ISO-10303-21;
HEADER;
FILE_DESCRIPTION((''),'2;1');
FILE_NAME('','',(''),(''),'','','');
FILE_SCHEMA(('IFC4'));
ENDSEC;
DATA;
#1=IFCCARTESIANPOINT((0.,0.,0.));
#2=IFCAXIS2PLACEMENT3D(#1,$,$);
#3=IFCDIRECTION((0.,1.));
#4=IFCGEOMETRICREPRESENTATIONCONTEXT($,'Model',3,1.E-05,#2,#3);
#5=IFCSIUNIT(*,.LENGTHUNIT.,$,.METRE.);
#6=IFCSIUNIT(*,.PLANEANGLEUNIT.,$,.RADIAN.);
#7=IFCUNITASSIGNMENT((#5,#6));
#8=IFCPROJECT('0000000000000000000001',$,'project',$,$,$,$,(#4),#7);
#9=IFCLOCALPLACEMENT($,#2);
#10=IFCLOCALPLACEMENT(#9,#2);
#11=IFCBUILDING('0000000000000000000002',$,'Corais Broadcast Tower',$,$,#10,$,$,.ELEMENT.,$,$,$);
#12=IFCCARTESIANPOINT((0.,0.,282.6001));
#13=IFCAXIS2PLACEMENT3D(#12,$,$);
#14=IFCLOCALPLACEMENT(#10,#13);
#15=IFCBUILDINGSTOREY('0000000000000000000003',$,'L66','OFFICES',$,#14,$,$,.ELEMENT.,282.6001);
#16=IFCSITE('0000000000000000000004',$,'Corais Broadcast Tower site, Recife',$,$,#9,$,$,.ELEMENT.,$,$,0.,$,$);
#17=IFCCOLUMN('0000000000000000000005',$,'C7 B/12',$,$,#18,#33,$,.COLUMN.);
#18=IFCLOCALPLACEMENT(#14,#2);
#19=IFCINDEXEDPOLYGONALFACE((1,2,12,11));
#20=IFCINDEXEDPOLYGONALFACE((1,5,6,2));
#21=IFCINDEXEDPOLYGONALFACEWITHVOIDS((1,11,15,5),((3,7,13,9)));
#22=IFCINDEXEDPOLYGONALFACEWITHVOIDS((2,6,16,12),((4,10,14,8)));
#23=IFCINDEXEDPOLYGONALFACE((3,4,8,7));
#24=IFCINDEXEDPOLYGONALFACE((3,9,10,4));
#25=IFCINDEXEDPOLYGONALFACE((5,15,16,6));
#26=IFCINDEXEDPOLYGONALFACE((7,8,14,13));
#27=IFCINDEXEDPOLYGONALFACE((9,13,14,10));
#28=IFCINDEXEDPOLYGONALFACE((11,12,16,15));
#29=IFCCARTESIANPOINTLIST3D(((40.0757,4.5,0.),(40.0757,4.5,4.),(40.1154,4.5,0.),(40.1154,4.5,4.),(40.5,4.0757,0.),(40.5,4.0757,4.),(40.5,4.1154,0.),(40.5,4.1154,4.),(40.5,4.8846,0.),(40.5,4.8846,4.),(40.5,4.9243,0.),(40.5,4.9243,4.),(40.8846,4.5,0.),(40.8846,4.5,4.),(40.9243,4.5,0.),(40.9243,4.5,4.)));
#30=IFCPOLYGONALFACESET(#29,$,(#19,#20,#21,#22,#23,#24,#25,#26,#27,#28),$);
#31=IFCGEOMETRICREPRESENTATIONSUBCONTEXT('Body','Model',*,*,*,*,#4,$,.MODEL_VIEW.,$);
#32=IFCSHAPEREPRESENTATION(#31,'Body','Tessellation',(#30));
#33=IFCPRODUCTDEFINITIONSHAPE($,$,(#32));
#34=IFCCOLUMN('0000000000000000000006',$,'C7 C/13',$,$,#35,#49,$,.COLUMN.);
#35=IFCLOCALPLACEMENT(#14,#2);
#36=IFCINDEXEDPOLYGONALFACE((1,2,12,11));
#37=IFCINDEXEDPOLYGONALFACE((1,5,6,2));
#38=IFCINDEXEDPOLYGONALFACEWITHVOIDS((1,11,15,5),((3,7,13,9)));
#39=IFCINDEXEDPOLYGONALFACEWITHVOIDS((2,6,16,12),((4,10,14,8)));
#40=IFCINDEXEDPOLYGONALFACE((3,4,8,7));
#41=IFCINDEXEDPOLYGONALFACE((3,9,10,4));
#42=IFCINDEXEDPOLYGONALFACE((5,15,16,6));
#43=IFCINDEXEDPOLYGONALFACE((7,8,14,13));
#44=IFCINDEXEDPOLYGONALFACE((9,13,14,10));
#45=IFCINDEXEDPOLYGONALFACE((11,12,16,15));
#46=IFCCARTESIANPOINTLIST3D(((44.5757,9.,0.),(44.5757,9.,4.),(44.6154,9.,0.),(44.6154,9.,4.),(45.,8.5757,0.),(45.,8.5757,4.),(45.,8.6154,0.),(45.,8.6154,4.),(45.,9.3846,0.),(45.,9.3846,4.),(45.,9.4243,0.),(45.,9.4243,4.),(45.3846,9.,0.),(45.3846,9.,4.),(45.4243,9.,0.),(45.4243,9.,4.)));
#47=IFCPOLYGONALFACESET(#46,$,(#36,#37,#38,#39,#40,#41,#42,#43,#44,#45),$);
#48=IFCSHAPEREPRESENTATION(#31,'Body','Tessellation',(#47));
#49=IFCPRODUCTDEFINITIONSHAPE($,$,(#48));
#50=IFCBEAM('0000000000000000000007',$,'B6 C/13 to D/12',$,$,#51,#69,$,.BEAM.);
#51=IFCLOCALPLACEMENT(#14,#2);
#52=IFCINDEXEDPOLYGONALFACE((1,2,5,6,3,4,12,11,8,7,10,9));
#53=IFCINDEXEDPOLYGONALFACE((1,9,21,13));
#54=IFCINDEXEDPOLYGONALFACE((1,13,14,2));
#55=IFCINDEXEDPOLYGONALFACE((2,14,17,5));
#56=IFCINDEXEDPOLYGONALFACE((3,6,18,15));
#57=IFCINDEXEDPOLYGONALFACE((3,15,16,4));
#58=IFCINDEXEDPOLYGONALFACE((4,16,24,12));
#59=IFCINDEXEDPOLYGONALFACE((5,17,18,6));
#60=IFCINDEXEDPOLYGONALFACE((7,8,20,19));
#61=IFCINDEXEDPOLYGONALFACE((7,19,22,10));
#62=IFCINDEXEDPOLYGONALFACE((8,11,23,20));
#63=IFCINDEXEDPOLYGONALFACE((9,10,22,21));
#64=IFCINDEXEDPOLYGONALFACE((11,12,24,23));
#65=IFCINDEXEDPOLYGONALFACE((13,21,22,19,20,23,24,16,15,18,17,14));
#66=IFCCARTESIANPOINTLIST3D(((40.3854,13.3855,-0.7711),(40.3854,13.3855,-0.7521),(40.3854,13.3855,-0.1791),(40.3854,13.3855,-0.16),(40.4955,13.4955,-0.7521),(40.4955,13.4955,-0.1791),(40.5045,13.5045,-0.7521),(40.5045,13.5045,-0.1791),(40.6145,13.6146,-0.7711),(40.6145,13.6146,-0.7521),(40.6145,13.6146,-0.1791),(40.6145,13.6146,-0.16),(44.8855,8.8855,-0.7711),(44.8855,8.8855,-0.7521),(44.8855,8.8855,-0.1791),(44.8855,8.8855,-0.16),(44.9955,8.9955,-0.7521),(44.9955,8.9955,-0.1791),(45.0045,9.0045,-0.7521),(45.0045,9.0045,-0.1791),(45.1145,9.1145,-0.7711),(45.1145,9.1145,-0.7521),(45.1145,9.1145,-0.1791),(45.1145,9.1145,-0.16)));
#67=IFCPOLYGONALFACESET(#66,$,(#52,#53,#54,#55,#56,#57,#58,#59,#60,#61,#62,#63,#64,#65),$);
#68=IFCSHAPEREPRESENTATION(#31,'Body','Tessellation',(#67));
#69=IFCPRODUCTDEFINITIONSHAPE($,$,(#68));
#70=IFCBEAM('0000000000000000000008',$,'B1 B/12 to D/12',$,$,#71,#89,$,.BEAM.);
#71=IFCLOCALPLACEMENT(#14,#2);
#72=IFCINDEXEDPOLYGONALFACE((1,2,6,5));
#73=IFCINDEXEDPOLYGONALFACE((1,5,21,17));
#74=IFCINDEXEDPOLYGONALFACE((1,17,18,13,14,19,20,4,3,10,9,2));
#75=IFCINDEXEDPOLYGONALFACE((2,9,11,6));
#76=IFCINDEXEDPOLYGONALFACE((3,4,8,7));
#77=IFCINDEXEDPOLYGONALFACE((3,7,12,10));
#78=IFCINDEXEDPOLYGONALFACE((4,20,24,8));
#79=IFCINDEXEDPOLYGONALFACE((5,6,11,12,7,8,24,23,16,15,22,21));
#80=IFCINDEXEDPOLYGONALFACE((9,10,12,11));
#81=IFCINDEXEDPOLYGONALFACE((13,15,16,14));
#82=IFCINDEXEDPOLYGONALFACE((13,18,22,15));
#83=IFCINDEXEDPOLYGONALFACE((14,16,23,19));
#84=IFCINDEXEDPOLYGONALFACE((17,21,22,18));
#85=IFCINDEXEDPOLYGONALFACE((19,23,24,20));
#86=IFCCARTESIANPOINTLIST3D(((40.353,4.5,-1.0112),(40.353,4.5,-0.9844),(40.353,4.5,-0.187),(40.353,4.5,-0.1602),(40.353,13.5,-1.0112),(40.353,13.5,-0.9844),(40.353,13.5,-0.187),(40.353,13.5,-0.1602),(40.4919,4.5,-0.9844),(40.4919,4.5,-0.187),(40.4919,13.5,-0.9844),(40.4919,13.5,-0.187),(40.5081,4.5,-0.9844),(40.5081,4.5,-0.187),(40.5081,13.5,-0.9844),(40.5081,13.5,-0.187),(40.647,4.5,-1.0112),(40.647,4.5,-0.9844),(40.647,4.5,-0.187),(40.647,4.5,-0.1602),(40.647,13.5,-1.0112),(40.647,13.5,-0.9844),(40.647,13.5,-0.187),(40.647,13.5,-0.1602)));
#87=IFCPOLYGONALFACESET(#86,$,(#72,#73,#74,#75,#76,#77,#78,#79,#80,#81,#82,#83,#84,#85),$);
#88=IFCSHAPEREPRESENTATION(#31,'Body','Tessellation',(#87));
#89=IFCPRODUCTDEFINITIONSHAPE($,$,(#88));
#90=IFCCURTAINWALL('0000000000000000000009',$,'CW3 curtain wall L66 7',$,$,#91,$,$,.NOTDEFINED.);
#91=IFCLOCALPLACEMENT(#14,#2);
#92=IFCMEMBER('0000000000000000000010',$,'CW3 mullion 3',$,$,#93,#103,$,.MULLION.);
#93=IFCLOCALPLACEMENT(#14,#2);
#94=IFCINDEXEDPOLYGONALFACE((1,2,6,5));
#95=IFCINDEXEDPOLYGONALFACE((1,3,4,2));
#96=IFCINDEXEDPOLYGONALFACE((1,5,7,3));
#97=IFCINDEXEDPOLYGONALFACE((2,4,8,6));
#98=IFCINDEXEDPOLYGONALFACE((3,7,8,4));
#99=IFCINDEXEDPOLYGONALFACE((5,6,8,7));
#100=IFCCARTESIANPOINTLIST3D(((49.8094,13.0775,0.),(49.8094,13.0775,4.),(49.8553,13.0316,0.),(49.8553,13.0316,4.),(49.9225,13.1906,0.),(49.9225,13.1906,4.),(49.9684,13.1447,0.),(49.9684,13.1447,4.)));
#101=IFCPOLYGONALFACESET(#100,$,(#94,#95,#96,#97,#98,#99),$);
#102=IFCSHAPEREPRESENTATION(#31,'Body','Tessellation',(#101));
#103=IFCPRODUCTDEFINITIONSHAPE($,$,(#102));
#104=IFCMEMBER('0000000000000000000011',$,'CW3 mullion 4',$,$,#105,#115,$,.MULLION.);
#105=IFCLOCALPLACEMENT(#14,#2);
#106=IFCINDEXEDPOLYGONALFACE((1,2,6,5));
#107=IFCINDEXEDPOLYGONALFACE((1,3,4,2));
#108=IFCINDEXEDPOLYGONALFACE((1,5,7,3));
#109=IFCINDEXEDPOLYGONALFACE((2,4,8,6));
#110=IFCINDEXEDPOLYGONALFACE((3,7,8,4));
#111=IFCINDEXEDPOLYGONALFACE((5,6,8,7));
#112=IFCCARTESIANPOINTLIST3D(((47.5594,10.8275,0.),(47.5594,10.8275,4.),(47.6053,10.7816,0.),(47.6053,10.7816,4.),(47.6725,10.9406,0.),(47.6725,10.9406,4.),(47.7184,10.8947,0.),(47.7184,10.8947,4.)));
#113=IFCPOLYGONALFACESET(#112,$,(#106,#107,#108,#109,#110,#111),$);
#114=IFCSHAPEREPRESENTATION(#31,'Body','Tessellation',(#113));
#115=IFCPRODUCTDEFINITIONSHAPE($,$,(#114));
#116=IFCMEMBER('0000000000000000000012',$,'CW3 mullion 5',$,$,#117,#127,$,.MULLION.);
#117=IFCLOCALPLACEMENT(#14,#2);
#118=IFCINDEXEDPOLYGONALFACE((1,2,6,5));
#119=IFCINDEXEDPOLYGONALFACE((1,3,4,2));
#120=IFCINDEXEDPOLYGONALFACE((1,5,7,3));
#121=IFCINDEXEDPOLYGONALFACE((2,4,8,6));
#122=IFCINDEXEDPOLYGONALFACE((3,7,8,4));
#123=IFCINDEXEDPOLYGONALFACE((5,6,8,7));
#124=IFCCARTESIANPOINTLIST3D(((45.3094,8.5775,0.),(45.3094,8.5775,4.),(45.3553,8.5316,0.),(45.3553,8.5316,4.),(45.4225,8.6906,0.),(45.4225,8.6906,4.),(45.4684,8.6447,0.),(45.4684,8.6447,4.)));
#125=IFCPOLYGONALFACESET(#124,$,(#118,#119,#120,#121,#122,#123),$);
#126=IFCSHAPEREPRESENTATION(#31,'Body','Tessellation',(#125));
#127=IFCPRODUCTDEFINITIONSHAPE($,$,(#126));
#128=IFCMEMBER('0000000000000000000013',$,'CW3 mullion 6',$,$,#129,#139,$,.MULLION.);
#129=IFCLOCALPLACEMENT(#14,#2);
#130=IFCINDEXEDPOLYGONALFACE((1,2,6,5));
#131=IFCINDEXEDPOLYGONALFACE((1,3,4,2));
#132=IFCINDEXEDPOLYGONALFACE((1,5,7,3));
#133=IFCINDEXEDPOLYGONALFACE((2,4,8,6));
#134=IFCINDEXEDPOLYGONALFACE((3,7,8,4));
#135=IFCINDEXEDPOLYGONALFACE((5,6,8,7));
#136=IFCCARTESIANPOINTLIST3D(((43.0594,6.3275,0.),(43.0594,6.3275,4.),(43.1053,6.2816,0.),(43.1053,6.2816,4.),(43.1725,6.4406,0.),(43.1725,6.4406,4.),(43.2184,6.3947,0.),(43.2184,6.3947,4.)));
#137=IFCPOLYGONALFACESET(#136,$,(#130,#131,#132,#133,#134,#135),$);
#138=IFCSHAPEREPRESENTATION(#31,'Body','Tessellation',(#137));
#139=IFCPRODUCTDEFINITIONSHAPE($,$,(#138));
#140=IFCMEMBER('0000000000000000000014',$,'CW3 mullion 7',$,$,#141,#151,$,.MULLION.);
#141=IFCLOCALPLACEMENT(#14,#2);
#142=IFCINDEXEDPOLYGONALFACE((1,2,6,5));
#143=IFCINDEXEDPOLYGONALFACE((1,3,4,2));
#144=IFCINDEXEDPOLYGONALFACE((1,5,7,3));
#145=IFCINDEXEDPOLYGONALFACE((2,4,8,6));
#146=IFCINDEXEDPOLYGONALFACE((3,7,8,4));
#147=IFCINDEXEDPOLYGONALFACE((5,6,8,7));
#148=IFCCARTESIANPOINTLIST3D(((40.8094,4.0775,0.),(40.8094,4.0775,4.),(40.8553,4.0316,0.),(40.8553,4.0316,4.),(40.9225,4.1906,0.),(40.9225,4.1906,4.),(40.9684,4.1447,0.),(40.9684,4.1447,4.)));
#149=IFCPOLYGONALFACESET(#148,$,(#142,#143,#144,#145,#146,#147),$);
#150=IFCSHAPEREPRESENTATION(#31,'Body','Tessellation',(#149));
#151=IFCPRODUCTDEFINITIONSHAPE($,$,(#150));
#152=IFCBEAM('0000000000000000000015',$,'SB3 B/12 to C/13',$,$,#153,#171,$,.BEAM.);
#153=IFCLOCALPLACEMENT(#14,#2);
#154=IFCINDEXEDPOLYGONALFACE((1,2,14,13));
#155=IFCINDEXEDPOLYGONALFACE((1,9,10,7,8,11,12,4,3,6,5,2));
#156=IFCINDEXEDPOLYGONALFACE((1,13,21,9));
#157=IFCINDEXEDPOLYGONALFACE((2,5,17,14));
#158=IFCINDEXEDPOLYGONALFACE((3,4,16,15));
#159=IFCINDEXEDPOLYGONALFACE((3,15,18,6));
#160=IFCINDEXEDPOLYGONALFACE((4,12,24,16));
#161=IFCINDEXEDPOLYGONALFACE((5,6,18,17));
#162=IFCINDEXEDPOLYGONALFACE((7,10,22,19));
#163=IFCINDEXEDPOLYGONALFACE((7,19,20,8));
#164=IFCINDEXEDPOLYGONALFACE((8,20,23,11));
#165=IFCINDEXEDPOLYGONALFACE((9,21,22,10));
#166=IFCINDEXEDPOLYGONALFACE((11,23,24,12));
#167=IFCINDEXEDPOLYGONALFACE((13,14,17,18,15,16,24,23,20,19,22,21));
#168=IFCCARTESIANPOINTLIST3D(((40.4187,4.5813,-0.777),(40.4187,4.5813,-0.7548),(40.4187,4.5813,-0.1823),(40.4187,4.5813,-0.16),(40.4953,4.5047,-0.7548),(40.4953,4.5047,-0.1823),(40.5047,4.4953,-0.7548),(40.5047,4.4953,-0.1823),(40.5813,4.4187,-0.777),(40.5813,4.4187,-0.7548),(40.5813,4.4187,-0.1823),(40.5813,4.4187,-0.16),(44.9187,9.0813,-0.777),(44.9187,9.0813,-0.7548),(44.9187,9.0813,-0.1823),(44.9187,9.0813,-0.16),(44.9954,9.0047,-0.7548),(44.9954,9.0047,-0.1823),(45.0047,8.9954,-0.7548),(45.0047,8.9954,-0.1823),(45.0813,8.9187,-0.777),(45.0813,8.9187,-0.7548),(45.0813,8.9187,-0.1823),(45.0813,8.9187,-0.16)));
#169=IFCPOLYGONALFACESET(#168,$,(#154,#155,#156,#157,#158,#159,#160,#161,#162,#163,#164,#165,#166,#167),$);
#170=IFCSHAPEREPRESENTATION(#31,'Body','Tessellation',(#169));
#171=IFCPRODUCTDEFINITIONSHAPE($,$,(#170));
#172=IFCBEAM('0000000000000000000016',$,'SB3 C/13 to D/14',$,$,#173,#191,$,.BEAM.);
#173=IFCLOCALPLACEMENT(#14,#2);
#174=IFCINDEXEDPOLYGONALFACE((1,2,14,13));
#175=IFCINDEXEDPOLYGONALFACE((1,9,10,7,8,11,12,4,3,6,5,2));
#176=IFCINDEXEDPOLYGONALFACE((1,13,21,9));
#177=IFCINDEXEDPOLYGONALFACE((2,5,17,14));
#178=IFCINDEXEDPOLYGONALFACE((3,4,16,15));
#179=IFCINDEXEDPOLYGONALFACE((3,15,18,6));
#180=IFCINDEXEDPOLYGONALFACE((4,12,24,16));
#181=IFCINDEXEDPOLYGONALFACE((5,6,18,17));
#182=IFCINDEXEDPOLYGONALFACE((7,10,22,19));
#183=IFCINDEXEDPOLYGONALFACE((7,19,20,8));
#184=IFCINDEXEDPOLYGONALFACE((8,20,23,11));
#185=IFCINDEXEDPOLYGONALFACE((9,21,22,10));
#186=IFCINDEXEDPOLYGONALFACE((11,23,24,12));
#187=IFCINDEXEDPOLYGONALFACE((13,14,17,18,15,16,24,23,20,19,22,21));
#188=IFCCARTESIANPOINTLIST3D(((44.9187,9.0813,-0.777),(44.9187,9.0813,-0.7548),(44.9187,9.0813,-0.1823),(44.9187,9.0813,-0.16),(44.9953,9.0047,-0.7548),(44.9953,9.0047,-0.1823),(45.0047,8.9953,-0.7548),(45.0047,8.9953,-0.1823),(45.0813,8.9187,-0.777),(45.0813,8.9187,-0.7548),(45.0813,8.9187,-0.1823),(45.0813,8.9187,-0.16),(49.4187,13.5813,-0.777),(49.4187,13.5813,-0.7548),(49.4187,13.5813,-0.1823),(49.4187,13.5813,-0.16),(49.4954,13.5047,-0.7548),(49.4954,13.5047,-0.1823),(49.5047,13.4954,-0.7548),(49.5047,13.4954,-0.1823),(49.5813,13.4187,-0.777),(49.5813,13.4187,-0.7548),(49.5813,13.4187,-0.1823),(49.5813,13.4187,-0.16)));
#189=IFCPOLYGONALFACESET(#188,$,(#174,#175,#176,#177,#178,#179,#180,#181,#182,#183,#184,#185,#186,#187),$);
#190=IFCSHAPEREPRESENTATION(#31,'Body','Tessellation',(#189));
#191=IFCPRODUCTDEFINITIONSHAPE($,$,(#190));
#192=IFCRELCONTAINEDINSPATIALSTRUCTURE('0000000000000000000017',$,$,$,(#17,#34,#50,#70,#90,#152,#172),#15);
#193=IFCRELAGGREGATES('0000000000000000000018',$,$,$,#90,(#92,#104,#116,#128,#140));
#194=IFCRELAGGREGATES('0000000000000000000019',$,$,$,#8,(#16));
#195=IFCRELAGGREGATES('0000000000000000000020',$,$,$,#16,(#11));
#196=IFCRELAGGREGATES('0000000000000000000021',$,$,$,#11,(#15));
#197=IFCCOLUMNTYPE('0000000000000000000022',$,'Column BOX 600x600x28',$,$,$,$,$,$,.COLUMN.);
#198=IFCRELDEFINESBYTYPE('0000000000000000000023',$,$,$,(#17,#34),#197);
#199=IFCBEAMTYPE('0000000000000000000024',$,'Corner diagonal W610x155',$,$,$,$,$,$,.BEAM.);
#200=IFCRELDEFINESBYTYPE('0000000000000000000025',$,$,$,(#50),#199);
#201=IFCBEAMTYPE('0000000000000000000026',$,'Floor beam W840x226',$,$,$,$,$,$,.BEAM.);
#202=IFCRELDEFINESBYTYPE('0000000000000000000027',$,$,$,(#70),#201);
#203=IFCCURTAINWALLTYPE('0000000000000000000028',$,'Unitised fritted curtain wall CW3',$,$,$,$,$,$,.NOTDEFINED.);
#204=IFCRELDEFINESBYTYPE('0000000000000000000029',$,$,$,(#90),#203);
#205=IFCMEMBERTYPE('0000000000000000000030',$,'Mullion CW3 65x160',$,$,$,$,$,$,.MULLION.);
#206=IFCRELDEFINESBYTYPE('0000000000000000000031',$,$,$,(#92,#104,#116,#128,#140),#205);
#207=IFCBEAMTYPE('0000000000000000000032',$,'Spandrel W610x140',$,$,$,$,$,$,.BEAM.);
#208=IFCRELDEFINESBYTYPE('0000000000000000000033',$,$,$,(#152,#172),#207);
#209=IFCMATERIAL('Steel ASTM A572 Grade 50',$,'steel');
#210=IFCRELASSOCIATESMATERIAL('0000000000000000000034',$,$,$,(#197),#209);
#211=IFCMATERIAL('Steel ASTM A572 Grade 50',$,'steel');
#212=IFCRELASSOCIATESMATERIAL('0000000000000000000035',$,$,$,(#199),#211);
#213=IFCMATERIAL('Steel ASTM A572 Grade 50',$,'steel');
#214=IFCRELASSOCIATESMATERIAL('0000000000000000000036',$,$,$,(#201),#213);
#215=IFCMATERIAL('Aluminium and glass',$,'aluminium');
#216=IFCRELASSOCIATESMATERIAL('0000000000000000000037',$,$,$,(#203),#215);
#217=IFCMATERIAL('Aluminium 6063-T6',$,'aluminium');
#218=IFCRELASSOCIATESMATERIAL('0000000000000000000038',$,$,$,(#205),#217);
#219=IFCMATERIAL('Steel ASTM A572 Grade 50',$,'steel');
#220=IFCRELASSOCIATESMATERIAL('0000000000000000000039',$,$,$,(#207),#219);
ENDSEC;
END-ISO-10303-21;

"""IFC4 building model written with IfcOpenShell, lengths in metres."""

from ifc_helpers import new_model, si_unit, direction, frame, origin, origin_2d, place, context, subcontext, project, spatial, rectangle, hollow_rectangle, i_section, extrude, material, material_profile, profile_set, type_object, element, aggregate, save


model = new_model("IFC4")

# Units and contexts
model_context = context("Model", 3, precision=1e-05, world=origin(), true_north=direction((0.0, 1.0)))
body_context = subcontext(model_context, "Body", "Model", "MODEL_VIEW")
ifc_project = project(units=[si_unit("LENGTHUNIT", "METRE"), si_unit("PLANEANGLEUNIT", "RADIAN")], contexts=[model_context])

# Site, building, storey
site_placement = place(None, origin())
site = spatial("IfcSite", under=ifc_project, at=site_placement, Name="Corais Broadcast Tower site, Recife", CompositionType="ELEMENT", RefElevation=0.0)
building_placement = place(site_placement, origin())
building = spatial("IfcBuilding", under=site, at=building_placement, Name="Corais Broadcast Tower", CompositionType="ELEMENT")
storey_placement = place(building_placement, frame((0.0, 0.0, 282.6001)))
storey = spatial("IfcBuildingStorey", under=building, at=storey_placement, Name="L66", Description="OFFICES", CompositionType="ELEMENT", Elevation=282.6001)

# Columns
ifc_material_1 = material(Name="Steel ASTM A572 Grade 50", Category="steel")
ifc_material_profile_1 = material_profile(ifc_material_1, hollow_rectangle(XDim=0.6001, YDim=0.6001, WallThickness=0.0281, at=origin_2d()), Name="BOX 600x600x28")
ifc_profile_set_1 = profile_set([ifc_material_profile_1], Name="Steel ASTM A572 Grade 50")
column_type = type_object("IfcColumnType", Name="Column BOX 600x600x28", PredefinedType="COLUMN", material=ifc_profile_set_1)
for number, where, z_axis, x_axis, name in (
    (1, (40.5, 4.5, 0.0), (0.0, 0.0, 1.0), (0.707107, 0.707107, 0.0), "C7 B/12"),
    (2, (45.0, 9.0, 0.0), (0.0, 0.0, 1.0), (0.707107, 0.707107, 0.0), "C7 C/13"),
):
    element("IfcColumn", number, at=place(storey_placement, frame(where, z_axis=z_axis, x_axis=x_axis)), inside=storey, type_object=column_type, Name=name, PredefinedType="COLUMN", context=body_context, shape_type="SweptSolid", body=[
        extrude(hollow_rectangle(XDim=0.6001, YDim=0.6001, WallThickness=0.0281, at=origin_2d()), origin(), (0.0, 0.0, 1.0), 4.0),
    ])

# Beams
ifc_material_2 = material(Name="Steel ASTM A572 Grade 50", Category="steel")
ifc_material_profile_2 = material_profile(ifc_material_2, i_section(OverallWidth=0.324, OverallDepth=0.6111, WebThickness=0.0127, FlangeThickness=0.019, at=origin_2d()), Name="W610x155")
ifc_profile_set_2 = profile_set([ifc_material_profile_2], Name="Steel ASTM A572 Grade 50")
beam_type_1 = type_object("IfcBeamType", Name="Corner diagonal W610x155", PredefinedType="BEAM", material=ifc_profile_set_2)
beam_1_placement = place(storey_placement, frame((45.0, 9.0, -0.4656), z_axis=(-0.707107, 0.707107, 0.0), x_axis=(-0.707107, -0.707107, 0.0)))
element("IfcBeam", 3, at=beam_1_placement, inside=storey, type_object=beam_type_1, Name="B6 C/13 to D/12", PredefinedType="BEAM", context=body_context, shape_type="SweptSolid", body=[
    extrude(i_section(OverallWidth=0.324, OverallDepth=0.6111, WebThickness=0.0127, FlangeThickness=0.019, at=origin_2d()), origin(), (0.0, 0.0, 1.0), 6.364),
])
ifc_material_3 = material(Name="Steel ASTM A572 Grade 50", Category="steel")
ifc_material_profile_3 = material_profile(ifc_material_3, i_section(OverallWidth=0.2939, OverallDepth=0.8511, WebThickness=0.0161, FlangeThickness=0.0269, at=origin_2d()), Name="W840x226")
ifc_profile_set_3 = profile_set([ifc_material_profile_3], Name="Steel ASTM A572 Grade 50")
beam_type_2 = type_object("IfcBeamType", Name="Floor beam W840x226", PredefinedType="BEAM", material=ifc_profile_set_3)
beam_2_placement = place(storey_placement, frame((40.5, 4.5, -0.5857), z_axis=(0.0, 1.0, 0.0), x_axis=(-1.0, 0.0, 0.0)))
element("IfcBeam", 4, at=beam_2_placement, inside=storey, type_object=beam_type_2, Name="B1 B/12 to D/12", PredefinedType="BEAM", context=body_context, shape_type="SweptSolid", body=[
    extrude(i_section(OverallWidth=0.2939, OverallDepth=0.8511, WebThickness=0.0161, FlangeThickness=0.0269, at=origin_2d()), origin(), (0.0, 0.0, 1.0), 9.0),
])

# Curtain wall, members
ifc_material_4 = material(Name="Aluminium and glass", Category="aluminium")
curtain_wall_type = type_object("IfcCurtainWallType", Name="Unitised fritted curtain wall CW3", PredefinedType="NOTDEFINED", material=ifc_material_4)
curtain_wall_placement = place(storey_placement, origin())
curtain_wall = element("IfcCurtainWall", 5, at=curtain_wall_placement, inside=storey, type_object=curtain_wall_type, Name="CW3 curtain wall L66 7", PredefinedType="NOTDEFINED")
ifc_material_5 = material(Name="Aluminium 6063-T6", Category="aluminium")
ifc_material_profile_4 = material_profile(ifc_material_5, rectangle(XDim=0.0649, YDim=0.1599, at=origin_2d()), Name="Mullion CW3 65x160")
ifc_profile_set_4 = profile_set([ifc_material_profile_4], Name="Aluminium 6063-T6")
member_type_1 = type_object("IfcMemberType", Name="Mullion CW3 65x160", PredefinedType="MULLION", material=ifc_profile_set_4)
member_1_placement = place(storey_placement, frame((49.8889, 13.1111, 0.0), z_axis=(0.0, 0.0, 1.0), x_axis=(0.707107, -0.707107, 0.0)))
member_1 = element("IfcMember", 6, at=member_1_placement, type_object=member_type_1, Name="CW3 mullion 3", PredefinedType="MULLION", context=body_context, shape_type="SweptSolid", body=[
    extrude(rectangle(XDim=0.0649, YDim=0.1599, at=origin_2d()), origin(), (0.0, 0.0, 1.0), 4.0),
])
member_2_placement = place(storey_placement, frame((47.6389, 10.8611, 0.0), z_axis=(0.0, 0.0, 1.0), x_axis=(0.707107, -0.707107, 0.0)))
member_2 = element("IfcMember", 7, at=member_2_placement, type_object=member_type_1, Name="CW3 mullion 4", PredefinedType="MULLION", context=body_context, shape_type="SweptSolid", body=[
    extrude(rectangle(XDim=0.0649, YDim=0.1599, at=origin_2d()), origin(), (0.0, 0.0, 1.0), 4.0),
])
member_3_placement = place(storey_placement, frame((45.3889, 8.6111, 0.0), z_axis=(0.0, 0.0, 1.0), x_axis=(0.707107, -0.707107, 0.0)))
member_3 = element("IfcMember", 8, at=member_3_placement, type_object=member_type_1, Name="CW3 mullion 5", PredefinedType="MULLION", context=body_context, shape_type="SweptSolid", body=[
    extrude(rectangle(XDim=0.0649, YDim=0.1599, at=origin_2d()), origin(), (0.0, 0.0, 1.0), 4.0),
])
member_4_placement = place(storey_placement, frame((43.1389, 6.3611, 0.0), z_axis=(0.0, 0.0, 1.0), x_axis=(0.707107, -0.707107, 0.0)))
member_4 = element("IfcMember", 9, at=member_4_placement, type_object=member_type_1, Name="CW3 mullion 6", PredefinedType="MULLION", context=body_context, shape_type="SweptSolid", body=[
    extrude(rectangle(XDim=0.0649, YDim=0.1599, at=origin_2d()), origin(), (0.0, 0.0, 1.0), 4.0),
])
member_5_placement = place(storey_placement, frame((40.8889, 4.1111, 0.0), z_axis=(0.0, 0.0, 1.0), x_axis=(0.707107, -0.707107, 0.0)))
member_5 = element("IfcMember", 10, at=member_5_placement, type_object=member_type_1, Name="CW3 mullion 7", PredefinedType="MULLION", context=body_context, shape_type="SweptSolid", body=[
    extrude(rectangle(XDim=0.0649, YDim=0.1599, at=origin_2d()), origin(), (0.0, 0.0, 1.0), 4.0),
])

# Beams
ifc_material_6 = material(Name="Steel ASTM A572 Grade 50", Category="steel")
ifc_material_profile_5 = material_profile(ifc_material_6, i_section(OverallWidth=0.23, OverallDepth=0.6169, WebThickness=0.0132, FlangeThickness=0.0222, at=origin_2d()), Name="W610x140")
ifc_profile_set_5 = profile_set([ifc_material_profile_5], Name="Steel ASTM A572 Grade 50")
beam_type_3 = type_object("IfcBeamType", Name="Spandrel W610x140", PredefinedType="BEAM", material=ifc_profile_set_5)
for number, where, z_axis, x_axis, name in (
    (11, (40.5, 4.5, -0.4685), (0.707107, 0.707107, 0.0), (-0.707107, 0.707107, 0.0), "SB3 B/12 to C/13"),
    (12, (45.0, 9.0, -0.4685), (0.707107, 0.707107, 0.0), (-0.707107, 0.707107, 0.0), "SB3 C/13 to D/14"),
):
    element("IfcBeam", number, at=place(storey_placement, frame(where, z_axis=z_axis, x_axis=x_axis)), inside=storey, type_object=beam_type_3, Name=name, PredefinedType="BEAM", context=body_context, shape_type="SweptSolid", body=[
        extrude(i_section(OverallWidth=0.23, OverallDepth=0.6169, WebThickness=0.0132, FlangeThickness=0.0222, at=origin_2d()), origin(), (0.0, 0.0, 1.0), 6.364),
    ])

aggregate(curtain_wall, [member_1, member_2, member_3, member_4, member_5])

save(model, "model.ifc")
